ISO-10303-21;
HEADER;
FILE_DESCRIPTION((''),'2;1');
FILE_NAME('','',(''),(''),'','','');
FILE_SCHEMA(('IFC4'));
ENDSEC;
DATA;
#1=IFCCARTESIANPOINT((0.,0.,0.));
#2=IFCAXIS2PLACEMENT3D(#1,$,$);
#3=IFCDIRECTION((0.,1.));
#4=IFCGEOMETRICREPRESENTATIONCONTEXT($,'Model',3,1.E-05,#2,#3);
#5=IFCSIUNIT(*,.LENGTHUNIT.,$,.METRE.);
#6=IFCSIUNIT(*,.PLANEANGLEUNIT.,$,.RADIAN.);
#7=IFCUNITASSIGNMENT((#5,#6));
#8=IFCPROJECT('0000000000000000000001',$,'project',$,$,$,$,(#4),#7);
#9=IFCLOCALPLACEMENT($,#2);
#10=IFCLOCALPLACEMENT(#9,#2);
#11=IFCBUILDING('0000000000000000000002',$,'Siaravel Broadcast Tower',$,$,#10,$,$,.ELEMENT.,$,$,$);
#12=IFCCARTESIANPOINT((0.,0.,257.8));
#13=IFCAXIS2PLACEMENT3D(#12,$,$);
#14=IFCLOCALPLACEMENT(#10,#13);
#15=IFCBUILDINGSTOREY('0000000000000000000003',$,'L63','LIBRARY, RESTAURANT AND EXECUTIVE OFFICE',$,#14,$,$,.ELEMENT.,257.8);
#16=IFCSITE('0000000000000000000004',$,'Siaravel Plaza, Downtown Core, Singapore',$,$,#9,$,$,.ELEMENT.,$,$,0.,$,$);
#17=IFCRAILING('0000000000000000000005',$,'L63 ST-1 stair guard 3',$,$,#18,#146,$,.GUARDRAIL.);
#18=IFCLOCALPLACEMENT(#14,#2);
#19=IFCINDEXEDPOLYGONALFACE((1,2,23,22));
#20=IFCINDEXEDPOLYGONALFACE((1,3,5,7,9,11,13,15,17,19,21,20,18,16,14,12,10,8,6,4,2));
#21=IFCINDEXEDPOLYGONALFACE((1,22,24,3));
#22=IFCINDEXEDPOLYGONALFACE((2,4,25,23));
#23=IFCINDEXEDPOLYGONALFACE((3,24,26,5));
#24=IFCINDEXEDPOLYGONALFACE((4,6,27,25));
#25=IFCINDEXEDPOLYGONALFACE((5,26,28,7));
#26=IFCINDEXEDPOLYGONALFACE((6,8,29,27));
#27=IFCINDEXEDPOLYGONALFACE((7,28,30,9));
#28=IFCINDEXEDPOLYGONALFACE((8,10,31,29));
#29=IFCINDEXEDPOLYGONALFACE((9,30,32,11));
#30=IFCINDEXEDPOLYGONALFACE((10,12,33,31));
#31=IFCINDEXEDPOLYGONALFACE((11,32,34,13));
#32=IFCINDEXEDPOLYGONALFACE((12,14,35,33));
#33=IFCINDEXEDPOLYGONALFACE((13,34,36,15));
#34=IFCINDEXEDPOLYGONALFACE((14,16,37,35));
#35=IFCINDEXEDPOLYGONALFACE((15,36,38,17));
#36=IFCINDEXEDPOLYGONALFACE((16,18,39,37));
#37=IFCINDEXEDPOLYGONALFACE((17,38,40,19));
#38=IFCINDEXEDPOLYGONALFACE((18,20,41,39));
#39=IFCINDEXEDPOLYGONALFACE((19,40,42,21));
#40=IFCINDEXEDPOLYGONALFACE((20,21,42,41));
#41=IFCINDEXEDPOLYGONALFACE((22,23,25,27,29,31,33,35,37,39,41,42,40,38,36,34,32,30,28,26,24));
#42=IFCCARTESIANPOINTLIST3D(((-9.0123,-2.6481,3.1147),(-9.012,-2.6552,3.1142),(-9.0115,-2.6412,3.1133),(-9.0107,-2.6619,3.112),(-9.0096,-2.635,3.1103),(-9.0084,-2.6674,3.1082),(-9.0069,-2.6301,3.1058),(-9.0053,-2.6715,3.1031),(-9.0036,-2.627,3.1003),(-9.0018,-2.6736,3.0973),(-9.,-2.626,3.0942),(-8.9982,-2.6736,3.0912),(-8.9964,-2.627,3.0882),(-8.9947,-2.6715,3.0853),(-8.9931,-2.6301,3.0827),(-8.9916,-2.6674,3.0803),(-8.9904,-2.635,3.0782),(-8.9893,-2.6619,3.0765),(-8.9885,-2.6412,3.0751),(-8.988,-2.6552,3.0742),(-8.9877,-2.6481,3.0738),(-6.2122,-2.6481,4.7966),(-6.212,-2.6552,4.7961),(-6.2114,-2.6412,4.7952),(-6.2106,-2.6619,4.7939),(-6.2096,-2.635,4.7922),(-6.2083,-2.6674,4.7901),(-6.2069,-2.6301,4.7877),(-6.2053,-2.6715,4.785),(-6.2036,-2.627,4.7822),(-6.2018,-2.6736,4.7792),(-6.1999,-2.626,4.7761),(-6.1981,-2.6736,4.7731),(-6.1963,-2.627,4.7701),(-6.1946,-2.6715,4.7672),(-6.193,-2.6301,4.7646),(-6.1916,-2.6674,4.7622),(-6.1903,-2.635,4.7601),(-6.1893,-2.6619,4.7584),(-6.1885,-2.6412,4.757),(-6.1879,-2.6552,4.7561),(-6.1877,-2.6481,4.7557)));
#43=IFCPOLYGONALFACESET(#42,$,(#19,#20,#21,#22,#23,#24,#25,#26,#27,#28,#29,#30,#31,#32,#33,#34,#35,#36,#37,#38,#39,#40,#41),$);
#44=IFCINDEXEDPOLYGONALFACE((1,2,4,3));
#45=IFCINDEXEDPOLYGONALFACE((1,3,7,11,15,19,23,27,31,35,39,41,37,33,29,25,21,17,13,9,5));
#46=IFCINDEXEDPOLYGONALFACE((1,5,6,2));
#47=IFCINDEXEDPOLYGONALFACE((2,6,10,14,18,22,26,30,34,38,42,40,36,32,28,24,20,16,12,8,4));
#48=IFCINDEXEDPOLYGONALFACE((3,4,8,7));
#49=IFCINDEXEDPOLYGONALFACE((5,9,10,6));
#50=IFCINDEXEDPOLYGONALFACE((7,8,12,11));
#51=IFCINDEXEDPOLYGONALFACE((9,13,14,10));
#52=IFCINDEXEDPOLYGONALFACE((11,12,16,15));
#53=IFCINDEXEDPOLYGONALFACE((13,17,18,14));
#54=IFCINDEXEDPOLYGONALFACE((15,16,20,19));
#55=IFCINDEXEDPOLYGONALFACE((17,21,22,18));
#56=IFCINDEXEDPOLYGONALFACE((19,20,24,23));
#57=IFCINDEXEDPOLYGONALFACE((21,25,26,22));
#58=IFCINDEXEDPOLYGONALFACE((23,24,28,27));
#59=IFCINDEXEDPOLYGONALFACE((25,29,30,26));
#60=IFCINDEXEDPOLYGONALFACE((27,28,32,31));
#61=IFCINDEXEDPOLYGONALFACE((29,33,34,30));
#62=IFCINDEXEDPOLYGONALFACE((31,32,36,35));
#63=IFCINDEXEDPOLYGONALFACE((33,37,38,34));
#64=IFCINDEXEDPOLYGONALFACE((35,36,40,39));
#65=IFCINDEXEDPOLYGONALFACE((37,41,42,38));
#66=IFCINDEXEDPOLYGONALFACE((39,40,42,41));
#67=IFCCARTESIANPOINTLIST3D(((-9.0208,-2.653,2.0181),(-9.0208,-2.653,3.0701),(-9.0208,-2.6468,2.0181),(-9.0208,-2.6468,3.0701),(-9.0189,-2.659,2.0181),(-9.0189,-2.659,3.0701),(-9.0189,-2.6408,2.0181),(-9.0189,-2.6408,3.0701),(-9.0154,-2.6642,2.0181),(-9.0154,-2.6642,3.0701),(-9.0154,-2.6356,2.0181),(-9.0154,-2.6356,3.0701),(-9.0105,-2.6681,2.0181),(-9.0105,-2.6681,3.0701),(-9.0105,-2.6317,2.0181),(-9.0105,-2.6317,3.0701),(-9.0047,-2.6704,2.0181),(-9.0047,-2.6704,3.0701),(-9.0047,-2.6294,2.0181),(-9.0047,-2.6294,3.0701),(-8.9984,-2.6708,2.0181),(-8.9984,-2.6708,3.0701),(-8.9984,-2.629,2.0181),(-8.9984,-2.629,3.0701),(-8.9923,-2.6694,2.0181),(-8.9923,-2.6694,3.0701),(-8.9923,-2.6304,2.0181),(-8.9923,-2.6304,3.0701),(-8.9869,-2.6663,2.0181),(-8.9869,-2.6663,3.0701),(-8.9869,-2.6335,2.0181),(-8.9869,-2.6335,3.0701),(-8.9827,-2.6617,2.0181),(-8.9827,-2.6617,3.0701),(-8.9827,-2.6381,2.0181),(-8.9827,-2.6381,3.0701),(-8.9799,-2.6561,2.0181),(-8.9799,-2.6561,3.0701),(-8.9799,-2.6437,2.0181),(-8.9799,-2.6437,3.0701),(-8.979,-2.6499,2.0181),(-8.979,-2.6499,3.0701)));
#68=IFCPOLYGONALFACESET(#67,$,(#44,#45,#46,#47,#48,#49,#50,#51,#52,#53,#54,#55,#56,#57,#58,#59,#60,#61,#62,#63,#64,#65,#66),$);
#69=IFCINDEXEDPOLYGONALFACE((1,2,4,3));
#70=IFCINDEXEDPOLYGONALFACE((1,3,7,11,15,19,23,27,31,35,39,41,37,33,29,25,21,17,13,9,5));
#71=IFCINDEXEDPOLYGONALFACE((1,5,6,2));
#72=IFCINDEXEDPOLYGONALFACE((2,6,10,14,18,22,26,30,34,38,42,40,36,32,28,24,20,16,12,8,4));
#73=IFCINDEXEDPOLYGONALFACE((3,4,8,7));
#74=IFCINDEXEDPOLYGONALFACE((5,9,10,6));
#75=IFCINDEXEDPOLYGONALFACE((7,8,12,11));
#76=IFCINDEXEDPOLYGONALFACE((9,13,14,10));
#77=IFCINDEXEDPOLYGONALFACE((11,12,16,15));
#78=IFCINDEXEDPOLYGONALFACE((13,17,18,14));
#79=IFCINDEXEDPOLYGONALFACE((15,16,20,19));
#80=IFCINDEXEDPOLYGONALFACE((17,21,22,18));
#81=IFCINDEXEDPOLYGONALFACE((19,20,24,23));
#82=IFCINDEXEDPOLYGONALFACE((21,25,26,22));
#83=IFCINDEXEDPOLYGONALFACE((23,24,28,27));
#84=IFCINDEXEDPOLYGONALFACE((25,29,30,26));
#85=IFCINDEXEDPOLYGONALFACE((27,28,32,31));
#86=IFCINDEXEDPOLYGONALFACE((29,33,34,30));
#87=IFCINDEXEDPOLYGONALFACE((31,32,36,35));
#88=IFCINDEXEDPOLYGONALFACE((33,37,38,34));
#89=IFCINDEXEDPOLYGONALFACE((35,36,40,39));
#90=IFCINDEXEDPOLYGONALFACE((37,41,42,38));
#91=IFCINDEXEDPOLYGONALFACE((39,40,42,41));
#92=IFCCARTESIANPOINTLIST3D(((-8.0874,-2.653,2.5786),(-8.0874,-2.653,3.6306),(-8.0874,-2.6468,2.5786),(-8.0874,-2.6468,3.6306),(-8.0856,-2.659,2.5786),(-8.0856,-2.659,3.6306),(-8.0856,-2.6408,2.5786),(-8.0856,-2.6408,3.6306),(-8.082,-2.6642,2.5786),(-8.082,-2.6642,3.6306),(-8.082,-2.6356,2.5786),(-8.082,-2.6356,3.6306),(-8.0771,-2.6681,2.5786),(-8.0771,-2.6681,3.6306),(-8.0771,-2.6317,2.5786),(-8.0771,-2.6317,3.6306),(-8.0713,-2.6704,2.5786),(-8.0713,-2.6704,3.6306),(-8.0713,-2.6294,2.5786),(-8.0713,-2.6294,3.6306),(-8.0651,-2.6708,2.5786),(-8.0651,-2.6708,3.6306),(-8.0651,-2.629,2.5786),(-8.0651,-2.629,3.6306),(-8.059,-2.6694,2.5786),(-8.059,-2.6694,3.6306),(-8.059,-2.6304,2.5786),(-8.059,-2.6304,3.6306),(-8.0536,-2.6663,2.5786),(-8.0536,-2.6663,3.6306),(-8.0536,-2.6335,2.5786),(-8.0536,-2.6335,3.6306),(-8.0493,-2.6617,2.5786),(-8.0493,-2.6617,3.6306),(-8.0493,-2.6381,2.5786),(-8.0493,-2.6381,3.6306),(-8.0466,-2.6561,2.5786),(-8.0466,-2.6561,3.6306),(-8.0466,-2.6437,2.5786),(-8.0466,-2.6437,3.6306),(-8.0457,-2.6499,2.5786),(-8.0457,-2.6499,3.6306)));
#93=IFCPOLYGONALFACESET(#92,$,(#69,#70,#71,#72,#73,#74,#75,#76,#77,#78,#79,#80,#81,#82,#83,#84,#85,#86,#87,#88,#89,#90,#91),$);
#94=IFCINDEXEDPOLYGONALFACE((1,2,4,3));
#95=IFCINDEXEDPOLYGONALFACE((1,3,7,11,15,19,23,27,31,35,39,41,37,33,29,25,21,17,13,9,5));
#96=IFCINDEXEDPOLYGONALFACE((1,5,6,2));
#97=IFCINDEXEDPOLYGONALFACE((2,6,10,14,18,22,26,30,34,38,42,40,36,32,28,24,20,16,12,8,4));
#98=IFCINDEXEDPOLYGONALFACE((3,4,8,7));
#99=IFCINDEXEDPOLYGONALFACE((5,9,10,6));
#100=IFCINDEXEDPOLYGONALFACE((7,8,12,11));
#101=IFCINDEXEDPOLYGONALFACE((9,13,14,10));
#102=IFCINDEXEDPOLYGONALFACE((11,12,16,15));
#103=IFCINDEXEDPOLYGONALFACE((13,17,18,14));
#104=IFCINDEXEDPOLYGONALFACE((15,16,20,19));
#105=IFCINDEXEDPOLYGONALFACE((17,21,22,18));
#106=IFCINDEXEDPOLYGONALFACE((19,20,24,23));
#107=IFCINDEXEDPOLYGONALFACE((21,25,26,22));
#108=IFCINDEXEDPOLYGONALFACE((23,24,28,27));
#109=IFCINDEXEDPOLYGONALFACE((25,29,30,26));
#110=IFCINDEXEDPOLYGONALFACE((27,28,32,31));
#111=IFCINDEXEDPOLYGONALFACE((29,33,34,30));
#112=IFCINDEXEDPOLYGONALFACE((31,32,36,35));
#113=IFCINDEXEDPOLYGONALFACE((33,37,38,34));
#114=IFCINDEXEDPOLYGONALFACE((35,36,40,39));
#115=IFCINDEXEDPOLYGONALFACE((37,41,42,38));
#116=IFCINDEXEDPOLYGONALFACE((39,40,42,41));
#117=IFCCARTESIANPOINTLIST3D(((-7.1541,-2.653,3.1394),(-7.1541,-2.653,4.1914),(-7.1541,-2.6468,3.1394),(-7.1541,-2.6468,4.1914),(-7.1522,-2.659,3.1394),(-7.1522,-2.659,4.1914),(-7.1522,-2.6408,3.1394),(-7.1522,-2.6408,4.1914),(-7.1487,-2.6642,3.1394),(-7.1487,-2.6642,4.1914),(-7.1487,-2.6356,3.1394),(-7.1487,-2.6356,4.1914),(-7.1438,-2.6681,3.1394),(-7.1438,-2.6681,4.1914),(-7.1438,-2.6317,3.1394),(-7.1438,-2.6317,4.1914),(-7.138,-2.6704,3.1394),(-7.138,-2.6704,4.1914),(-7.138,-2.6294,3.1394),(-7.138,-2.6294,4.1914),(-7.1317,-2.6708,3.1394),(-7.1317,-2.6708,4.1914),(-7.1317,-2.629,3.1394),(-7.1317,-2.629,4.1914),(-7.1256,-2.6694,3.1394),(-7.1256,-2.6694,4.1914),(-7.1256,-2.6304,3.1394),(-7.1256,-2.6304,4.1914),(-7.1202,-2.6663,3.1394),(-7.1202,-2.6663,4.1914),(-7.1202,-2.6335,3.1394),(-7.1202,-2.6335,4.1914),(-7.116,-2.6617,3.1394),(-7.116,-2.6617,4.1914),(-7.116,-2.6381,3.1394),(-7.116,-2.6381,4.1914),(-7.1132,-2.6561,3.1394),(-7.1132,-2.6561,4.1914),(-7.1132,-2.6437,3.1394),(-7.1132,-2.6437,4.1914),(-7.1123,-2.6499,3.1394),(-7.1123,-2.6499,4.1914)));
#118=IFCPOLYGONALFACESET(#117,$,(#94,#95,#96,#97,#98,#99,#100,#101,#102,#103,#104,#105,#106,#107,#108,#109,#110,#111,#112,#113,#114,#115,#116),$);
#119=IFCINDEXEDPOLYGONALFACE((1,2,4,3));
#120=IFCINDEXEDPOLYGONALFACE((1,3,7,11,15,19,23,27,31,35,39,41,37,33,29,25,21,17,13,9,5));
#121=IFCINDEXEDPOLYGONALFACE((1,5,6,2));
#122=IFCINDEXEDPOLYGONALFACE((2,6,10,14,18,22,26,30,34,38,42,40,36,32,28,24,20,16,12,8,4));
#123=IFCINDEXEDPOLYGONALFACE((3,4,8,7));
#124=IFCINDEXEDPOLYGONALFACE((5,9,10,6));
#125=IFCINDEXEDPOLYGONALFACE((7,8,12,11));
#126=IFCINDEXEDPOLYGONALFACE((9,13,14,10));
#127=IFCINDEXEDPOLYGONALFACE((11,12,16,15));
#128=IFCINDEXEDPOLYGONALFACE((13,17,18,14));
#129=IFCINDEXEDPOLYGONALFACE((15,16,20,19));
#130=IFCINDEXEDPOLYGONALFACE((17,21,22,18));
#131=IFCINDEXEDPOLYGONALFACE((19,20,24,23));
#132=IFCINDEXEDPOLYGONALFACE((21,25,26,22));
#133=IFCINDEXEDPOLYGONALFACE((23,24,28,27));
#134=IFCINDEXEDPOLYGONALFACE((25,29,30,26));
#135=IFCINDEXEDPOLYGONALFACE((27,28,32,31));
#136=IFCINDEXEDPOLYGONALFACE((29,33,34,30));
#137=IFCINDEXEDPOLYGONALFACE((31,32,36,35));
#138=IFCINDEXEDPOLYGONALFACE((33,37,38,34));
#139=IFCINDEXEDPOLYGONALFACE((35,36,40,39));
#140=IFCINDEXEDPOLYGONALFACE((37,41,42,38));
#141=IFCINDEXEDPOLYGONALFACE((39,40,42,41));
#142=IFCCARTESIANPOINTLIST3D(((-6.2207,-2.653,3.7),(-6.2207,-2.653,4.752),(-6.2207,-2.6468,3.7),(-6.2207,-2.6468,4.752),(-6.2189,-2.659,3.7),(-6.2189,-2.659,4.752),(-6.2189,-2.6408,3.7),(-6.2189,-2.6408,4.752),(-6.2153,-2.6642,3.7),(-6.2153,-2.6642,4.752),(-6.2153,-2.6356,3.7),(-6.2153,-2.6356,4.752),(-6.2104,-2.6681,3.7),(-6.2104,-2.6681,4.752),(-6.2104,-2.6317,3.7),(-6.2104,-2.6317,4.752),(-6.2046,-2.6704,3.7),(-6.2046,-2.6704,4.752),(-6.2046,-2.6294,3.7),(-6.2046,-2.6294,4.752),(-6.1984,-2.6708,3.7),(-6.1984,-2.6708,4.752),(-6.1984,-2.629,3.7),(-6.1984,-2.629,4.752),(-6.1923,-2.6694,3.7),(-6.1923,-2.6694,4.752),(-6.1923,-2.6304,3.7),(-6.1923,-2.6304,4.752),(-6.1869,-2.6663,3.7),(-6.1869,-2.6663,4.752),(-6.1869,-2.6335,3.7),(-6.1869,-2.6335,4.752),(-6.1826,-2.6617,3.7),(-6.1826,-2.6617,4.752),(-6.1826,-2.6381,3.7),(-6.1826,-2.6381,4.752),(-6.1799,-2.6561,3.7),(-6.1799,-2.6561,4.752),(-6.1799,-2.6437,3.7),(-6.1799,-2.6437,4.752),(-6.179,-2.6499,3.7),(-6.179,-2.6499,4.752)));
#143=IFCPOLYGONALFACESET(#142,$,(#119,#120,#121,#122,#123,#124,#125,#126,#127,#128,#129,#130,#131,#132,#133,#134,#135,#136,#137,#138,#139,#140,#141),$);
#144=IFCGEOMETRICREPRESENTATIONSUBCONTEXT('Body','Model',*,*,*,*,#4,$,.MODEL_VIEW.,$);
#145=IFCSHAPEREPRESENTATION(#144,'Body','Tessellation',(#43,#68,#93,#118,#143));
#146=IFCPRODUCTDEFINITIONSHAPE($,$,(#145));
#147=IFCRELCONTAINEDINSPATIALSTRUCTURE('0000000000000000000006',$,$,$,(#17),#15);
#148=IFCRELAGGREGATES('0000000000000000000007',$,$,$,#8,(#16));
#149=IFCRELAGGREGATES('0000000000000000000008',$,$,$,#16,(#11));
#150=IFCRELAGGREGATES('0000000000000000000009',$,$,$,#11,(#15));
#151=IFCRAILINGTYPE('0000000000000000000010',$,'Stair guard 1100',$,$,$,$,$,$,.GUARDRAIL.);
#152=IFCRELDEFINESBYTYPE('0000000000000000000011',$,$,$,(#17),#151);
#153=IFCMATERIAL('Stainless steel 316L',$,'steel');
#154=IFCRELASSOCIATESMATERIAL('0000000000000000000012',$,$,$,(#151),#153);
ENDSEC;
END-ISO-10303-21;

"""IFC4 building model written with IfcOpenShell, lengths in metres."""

from ifc_helpers import new_model, si_unit, direction, frame, origin, origin_2d, place, context, subcontext, project, spatial, circle, extrude, material, type_object, element, save


model = new_model("IFC4")

# Units and contexts
model_context = context("Model", 3, precision=1e-05, world=origin(), true_north=direction((0.0, 1.0)))
body_context = subcontext(model_context, "Body", "Model", "MODEL_VIEW")
ifc_project = project(units=[si_unit("LENGTHUNIT", "METRE"), si_unit("PLANEANGLEUNIT", "RADIAN")], contexts=[model_context])

# Site, building, storey
site_placement = place(None, origin())
site = spatial("IfcSite", under=ifc_project, at=site_placement, Name="Siaravel Plaza, Downtown Core, Singapore", CompositionType="ELEMENT", RefElevation=0.0)
building_placement = place(site_placement, origin())
building = spatial("IfcBuilding", under=site, at=building_placement, Name="Siaravel Broadcast Tower", CompositionType="ELEMENT")
storey_placement = place(building_placement, frame((0.0, 0.0, 257.8)))
storey = spatial("IfcBuildingStorey", under=building, at=storey_placement, Name="L63", Description="LIBRARY, RESTAURANT AND EXECUTIVE OFFICE", CompositionType="ELEMENT", Elevation=257.8)

# Shared definitions
ifc_material_1 = material(Name="Stainless steel 316L", Category="steel")

# Railing
railing_type_1 = type_object("IfcRailingType", Name="Stair guard 1100", PredefinedType="GUARDRAIL", material=ifc_material_1)
railing_1_placement = place(storey_placement, frame((-9.0, -2.6499, 2.0181)))
element("IfcRailing", 1, at=railing_1_placement, inside=storey, type_object=railing_type_1, Name="L63 ST-1 stair guard 3", PredefinedType="GUARDRAIL", context=body_context, shape_type="SweptSolid", body=[
    extrude(circle(Radius=0.0239, at=origin_2d()), frame((0.0, 0.0, 1.0762), z_axis=(0.857242, 0.0, 0.514913), x_axis=(0.0, 1.0, 0.0)), (0.0, 0.0, 1.0), 3.2664),
    extrude(circle(Radius=0.021, at=origin_2d()), origin(), (0.0, 0.0, 1.0), 1.052),
    extrude(circle(Radius=0.021, at=origin_2d()), frame((0.9333, 0.0, 0.5605)), (0.0, 0.0, 1.0), 1.052),
    extrude(circle(Radius=0.021, at=origin_2d()), frame((1.8667, 0.0, 1.1213)), (0.0, 0.0, 1.0), 1.052),
    extrude(circle(Radius=0.021, at=origin_2d()), frame((2.8, 0.0, 1.6819)), (0.0, 0.0, 1.0), 1.052),
])

save(model, "model.ifc")
